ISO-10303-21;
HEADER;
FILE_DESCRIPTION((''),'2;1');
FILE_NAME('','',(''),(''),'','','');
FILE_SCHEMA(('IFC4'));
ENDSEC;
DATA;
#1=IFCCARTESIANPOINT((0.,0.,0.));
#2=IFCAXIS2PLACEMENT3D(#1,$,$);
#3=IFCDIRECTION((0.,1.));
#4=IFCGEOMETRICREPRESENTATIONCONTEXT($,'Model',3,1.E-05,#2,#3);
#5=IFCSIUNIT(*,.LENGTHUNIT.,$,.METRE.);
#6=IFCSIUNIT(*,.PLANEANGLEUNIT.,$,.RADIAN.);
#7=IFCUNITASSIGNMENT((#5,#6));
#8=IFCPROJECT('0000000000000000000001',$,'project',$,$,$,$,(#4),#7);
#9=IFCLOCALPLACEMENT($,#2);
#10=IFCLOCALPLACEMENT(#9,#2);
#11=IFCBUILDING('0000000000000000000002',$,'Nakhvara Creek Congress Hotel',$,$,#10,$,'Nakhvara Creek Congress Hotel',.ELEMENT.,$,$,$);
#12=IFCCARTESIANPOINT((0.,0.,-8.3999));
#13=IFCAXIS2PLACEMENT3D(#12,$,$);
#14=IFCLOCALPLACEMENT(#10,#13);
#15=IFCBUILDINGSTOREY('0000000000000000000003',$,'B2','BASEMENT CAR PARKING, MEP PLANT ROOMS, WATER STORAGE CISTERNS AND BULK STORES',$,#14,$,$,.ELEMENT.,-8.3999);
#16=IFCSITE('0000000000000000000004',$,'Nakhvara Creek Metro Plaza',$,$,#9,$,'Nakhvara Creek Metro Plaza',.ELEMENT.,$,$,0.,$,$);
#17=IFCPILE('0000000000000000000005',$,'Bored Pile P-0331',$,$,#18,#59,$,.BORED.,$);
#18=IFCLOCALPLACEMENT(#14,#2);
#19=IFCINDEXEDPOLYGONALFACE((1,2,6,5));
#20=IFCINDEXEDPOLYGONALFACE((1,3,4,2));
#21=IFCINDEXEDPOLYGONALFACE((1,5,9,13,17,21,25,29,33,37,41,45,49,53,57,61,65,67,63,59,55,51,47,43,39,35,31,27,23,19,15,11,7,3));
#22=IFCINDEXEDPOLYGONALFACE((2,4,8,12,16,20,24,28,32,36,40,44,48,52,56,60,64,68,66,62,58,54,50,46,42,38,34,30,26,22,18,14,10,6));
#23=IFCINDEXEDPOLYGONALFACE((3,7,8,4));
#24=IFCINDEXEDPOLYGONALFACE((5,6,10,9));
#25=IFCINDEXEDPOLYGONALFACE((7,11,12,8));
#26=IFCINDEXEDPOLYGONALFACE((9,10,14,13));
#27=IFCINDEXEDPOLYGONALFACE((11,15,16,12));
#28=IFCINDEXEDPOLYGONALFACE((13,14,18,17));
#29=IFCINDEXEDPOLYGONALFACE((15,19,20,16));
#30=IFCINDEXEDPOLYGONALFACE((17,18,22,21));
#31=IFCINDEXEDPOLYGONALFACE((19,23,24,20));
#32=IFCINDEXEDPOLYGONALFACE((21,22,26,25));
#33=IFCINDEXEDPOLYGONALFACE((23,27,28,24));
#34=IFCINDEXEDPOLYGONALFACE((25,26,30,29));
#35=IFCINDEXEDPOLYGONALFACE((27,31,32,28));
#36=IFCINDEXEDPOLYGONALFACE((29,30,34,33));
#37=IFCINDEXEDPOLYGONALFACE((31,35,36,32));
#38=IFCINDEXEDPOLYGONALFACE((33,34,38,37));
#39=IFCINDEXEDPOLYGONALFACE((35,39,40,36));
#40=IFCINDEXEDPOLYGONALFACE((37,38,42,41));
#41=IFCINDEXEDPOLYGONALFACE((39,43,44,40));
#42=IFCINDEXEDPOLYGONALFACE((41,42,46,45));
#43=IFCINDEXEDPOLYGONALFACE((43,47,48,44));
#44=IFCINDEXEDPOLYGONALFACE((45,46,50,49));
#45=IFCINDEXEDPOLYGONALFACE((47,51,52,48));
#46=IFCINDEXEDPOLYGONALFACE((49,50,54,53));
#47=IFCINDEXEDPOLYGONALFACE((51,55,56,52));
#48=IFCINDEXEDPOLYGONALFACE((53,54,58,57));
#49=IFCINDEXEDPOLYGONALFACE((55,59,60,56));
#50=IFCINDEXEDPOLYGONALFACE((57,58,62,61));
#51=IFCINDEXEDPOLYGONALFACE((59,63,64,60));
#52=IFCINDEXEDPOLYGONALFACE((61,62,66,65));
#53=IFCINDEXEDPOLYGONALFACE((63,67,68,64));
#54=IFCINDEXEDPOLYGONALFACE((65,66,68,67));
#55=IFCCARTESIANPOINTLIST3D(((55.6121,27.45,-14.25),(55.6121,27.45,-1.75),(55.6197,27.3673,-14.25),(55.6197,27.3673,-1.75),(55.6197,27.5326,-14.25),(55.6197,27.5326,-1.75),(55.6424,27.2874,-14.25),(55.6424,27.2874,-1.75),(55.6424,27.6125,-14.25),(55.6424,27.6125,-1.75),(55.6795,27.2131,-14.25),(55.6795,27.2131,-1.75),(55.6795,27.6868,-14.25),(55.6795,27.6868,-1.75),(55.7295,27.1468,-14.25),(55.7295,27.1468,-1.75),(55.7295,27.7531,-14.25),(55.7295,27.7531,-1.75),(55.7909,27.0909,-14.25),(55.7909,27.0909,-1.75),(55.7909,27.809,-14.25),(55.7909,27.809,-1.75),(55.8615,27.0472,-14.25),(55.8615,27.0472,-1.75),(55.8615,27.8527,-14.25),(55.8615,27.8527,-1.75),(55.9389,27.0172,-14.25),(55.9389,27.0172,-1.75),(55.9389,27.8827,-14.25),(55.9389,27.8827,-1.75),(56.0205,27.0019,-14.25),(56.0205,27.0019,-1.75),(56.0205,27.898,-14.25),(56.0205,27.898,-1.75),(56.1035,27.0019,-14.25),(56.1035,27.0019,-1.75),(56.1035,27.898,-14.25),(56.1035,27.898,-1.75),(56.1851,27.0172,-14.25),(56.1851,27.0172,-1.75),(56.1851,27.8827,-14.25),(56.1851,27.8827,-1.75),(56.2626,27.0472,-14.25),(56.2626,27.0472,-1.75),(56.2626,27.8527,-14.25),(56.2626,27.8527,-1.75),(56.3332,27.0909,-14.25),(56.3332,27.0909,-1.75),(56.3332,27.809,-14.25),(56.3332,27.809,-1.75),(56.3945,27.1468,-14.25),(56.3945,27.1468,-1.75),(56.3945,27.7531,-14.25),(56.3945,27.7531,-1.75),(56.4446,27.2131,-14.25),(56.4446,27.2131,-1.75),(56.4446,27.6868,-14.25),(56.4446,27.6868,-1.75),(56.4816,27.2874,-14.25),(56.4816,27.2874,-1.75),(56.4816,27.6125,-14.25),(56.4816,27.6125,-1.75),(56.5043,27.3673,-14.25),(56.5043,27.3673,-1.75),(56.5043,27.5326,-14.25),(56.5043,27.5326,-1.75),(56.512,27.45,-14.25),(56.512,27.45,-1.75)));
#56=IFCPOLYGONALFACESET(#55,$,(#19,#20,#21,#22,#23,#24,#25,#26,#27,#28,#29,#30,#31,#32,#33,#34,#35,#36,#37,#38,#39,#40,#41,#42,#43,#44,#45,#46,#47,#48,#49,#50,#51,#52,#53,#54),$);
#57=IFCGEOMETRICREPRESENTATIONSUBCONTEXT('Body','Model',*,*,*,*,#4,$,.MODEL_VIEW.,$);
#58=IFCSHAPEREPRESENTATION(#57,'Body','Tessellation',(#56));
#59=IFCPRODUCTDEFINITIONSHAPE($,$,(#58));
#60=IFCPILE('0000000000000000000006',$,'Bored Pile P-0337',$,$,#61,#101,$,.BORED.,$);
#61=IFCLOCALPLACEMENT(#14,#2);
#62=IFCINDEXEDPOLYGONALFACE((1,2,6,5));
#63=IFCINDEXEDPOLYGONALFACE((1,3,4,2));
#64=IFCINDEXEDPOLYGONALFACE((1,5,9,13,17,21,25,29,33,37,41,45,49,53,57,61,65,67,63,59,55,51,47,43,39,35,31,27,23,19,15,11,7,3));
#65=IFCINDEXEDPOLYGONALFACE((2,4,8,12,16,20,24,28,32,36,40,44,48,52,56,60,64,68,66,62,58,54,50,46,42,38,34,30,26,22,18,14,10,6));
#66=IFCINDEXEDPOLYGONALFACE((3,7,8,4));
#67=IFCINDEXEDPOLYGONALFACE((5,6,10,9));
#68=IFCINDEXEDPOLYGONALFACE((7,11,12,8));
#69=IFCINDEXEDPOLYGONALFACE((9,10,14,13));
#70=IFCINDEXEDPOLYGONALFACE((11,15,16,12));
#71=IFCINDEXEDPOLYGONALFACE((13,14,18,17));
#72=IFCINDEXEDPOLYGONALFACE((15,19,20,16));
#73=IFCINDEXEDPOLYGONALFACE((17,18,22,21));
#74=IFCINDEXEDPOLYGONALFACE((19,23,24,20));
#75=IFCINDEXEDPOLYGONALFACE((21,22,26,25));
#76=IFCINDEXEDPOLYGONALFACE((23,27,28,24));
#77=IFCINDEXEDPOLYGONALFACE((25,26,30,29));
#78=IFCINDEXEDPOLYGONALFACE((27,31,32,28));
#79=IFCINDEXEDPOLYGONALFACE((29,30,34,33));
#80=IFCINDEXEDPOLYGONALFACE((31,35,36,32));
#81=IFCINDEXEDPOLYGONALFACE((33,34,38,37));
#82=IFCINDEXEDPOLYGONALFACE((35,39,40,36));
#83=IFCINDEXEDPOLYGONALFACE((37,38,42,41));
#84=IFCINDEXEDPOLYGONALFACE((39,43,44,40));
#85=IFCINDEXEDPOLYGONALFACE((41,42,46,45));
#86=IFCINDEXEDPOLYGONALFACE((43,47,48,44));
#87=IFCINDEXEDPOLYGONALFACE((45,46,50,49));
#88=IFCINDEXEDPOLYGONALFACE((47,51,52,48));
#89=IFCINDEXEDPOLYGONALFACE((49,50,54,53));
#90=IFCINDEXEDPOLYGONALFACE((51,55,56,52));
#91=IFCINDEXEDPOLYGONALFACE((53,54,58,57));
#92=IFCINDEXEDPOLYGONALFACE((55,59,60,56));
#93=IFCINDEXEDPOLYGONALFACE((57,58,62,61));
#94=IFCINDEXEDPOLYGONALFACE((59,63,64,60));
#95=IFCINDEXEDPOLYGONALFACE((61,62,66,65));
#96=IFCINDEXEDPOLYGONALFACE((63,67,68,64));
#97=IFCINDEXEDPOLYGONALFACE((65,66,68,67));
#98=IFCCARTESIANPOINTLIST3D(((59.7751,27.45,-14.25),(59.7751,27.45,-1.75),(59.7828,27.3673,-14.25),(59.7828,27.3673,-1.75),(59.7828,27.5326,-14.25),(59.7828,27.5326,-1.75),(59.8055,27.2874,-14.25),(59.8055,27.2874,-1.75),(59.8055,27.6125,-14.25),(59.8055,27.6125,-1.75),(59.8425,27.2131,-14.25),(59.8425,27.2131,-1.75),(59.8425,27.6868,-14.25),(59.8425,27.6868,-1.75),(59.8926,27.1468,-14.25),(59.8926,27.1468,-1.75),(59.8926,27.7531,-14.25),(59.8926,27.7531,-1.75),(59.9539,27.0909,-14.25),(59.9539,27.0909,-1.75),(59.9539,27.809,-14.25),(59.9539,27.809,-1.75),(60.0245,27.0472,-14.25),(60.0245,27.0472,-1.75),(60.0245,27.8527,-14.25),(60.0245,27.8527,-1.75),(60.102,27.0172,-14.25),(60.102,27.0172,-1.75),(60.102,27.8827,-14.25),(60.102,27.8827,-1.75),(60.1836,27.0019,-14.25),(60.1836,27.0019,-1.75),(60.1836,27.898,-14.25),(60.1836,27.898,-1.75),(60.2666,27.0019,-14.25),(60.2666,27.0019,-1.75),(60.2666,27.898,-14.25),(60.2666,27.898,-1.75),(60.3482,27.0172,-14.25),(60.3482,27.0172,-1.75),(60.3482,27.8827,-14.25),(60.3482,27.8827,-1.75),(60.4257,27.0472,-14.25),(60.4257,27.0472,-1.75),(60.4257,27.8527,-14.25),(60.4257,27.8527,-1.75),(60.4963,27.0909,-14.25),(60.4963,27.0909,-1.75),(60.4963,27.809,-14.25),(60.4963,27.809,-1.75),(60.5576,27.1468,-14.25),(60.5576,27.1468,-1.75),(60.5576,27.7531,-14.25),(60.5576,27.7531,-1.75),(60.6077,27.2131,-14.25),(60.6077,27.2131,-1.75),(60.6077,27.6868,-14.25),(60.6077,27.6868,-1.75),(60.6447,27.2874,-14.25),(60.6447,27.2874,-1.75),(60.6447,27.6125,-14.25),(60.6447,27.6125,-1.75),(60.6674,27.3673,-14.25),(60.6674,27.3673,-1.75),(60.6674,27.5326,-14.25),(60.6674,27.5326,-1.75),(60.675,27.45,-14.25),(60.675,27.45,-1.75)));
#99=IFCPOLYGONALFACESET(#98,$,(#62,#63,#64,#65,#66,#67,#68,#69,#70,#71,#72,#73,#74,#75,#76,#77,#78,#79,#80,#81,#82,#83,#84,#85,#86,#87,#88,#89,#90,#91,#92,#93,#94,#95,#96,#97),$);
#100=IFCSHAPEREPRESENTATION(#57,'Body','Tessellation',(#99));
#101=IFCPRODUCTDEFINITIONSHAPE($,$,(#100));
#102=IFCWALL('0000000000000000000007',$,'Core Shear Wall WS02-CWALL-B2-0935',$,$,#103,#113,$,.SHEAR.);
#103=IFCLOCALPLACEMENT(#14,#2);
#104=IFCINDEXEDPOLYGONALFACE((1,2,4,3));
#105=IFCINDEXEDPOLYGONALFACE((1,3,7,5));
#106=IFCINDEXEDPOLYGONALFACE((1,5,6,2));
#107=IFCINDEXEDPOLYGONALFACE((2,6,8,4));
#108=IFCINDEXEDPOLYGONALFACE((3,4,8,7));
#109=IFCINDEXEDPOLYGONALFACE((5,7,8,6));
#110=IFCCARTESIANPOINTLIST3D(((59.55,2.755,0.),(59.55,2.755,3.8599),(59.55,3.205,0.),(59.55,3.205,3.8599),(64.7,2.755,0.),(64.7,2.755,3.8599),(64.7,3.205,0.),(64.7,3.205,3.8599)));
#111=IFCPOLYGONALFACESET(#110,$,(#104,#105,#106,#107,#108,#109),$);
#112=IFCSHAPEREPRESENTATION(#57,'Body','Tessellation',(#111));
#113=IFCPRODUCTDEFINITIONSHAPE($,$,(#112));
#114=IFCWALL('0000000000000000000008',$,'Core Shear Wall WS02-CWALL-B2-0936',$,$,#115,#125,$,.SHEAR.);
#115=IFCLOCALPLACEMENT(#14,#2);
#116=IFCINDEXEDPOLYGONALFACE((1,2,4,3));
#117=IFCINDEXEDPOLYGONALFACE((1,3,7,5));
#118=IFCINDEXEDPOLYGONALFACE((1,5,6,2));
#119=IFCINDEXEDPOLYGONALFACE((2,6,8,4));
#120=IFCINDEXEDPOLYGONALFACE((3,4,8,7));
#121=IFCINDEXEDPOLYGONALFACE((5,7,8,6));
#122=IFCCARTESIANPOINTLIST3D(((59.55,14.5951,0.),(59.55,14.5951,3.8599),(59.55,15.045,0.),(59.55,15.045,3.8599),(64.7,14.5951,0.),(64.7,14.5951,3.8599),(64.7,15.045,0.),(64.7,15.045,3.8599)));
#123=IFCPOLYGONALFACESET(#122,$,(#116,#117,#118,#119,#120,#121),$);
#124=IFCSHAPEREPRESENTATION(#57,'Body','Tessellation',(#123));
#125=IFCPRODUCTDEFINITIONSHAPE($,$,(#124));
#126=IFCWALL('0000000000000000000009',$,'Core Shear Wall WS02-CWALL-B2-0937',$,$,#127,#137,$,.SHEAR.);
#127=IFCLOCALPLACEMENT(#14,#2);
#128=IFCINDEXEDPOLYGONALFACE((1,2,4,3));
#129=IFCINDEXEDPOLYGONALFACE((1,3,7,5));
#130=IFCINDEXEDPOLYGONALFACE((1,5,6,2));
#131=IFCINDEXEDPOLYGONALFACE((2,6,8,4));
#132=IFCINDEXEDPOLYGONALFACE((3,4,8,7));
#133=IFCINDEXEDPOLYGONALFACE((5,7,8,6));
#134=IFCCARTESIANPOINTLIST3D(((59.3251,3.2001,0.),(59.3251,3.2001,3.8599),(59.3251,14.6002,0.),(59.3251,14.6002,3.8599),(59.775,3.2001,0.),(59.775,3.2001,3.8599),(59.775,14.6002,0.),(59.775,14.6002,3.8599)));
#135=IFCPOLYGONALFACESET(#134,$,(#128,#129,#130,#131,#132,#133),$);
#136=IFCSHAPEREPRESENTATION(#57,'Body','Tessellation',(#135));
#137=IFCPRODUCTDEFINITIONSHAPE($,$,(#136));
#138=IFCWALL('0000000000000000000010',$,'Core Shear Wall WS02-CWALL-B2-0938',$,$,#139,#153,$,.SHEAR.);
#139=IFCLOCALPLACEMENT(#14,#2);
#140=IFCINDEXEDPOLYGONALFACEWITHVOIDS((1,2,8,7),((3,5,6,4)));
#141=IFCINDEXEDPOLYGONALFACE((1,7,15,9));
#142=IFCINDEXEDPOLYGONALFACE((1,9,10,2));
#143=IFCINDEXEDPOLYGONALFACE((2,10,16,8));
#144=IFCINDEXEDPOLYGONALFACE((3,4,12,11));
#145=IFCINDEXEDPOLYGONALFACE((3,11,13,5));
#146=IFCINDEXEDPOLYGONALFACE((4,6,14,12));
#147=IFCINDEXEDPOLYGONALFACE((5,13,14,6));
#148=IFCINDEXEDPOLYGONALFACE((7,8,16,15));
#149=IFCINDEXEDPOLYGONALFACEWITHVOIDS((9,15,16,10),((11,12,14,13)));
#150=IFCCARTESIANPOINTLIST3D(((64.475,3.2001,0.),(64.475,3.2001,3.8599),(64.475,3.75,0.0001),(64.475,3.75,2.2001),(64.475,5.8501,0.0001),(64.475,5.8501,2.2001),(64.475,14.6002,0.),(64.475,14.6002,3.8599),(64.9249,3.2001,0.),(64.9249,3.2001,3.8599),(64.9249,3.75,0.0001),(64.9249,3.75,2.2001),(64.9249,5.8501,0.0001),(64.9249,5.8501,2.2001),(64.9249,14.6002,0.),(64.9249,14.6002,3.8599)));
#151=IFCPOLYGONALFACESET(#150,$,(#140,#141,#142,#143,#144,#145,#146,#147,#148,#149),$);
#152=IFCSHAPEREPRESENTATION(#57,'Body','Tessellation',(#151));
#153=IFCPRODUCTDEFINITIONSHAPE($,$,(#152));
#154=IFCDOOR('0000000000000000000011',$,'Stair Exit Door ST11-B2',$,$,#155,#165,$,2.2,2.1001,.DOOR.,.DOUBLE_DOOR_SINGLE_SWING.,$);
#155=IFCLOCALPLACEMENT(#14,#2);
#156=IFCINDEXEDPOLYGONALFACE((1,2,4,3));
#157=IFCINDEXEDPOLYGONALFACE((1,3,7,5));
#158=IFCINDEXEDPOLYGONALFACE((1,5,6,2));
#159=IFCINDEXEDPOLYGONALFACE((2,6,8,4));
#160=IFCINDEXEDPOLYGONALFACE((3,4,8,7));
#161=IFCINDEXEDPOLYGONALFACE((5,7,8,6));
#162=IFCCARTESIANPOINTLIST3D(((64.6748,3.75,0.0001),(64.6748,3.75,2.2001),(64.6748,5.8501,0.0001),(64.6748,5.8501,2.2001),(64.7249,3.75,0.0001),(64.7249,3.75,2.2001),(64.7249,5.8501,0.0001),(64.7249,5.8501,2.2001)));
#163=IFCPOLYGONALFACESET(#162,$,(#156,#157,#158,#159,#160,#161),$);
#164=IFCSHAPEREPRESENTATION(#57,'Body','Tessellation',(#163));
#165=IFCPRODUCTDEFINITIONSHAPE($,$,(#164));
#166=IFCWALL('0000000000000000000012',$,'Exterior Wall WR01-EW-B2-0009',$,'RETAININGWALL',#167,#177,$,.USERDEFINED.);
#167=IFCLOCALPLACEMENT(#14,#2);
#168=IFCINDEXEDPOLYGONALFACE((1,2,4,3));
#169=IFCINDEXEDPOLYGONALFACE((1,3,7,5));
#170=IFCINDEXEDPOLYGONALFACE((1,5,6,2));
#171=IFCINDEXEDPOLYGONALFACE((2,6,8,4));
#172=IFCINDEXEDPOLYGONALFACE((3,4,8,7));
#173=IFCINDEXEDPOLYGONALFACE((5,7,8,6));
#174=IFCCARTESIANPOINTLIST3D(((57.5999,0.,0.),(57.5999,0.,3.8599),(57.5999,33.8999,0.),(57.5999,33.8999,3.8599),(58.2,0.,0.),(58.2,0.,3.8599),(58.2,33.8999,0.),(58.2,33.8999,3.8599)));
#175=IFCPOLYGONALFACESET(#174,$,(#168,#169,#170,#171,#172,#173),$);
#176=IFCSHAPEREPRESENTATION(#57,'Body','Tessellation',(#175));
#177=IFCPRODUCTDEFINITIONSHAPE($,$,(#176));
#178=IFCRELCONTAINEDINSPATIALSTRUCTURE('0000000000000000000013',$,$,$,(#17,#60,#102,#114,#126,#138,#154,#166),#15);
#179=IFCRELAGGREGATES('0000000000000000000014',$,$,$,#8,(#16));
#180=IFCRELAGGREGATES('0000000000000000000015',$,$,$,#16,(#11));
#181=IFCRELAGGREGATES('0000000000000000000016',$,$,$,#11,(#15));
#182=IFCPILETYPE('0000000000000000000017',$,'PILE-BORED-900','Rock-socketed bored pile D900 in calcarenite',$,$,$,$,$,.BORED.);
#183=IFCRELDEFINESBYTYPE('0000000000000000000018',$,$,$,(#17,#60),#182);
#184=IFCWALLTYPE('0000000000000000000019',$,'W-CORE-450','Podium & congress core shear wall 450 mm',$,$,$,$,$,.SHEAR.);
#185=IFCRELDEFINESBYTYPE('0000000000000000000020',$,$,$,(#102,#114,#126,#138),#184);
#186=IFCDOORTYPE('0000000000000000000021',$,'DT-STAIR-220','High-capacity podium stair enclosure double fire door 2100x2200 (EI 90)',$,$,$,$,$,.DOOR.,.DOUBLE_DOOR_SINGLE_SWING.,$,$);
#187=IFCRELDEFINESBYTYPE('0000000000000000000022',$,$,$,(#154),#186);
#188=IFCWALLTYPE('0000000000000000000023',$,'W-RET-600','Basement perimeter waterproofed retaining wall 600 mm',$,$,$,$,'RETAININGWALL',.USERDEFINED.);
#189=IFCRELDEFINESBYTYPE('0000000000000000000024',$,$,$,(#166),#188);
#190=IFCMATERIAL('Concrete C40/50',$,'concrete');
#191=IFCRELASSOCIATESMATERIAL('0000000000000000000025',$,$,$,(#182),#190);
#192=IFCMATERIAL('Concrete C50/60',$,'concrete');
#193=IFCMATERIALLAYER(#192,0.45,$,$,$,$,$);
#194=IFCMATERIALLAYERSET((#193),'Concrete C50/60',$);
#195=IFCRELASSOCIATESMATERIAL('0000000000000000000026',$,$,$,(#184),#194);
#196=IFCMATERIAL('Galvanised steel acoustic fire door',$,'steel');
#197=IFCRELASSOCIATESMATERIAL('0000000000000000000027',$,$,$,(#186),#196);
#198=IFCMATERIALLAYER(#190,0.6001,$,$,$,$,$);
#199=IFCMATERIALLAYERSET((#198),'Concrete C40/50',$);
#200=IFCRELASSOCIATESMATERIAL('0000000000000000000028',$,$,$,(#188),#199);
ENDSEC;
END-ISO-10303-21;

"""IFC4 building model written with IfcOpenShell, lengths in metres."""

from ifc_helpers import new_model, si_unit, direction, frame, frame_2d, origin, origin_2d, place, context, subcontext, project, spatial, rectangle, circle, extrude, material, layer, layer_set, material_profile, profile_set, type_object, element, fill, save


model = new_model("IFC4")

# Units and contexts
model_context = context("Model", 3, precision=1e-05, world=origin(), true_north=direction((0.0, 1.0)))
body_context = subcontext(model_context, "Body", "Model", "MODEL_VIEW")
ifc_project = project(units=[si_unit("LENGTHUNIT", "METRE"), si_unit("PLANEANGLEUNIT", "RADIAN")], contexts=[model_context])

# Site, building, storey
site_placement = place(None, origin())
site = spatial("IfcSite", under=ifc_project, at=site_placement, Name="Nakhvara Creek Metro Plaza", LongName="Nakhvara Creek Metro Plaza", CompositionType="ELEMENT", RefElevation=0.0)
building_placement = place(site_placement, origin())
building = spatial("IfcBuilding", under=site, at=building_placement, Name="Nakhvara Creek Congress Hotel", LongName="Nakhvara Creek Congress Hotel", CompositionType="ELEMENT")
storey_placement = place(building_placement, frame((0.0, 0.0, -8.3999)))
storey = spatial("IfcBuildingStorey", under=building, at=storey_placement, Name="B2", Description="BASEMENT CAR PARKING, MEP PLANT ROOMS, WATER STORAGE CISTERNS AND BULK STORES", CompositionType="ELEMENT", Elevation=-8.3999)

# Piles
ifc_material_1 = material(Name="Concrete C40/50", Category="concrete")
ifc_material_profile = material_profile(ifc_material_1, circle(Radius=0.45, at=origin_2d()), Name="BORED PILE D900", Category="LoadBearing")
ifc_profile_set = profile_set([ifc_material_profile], Name="Concrete C40/50")
pile_type = type_object("IfcPileType", Name="PILE-BORED-900", Description="Rock-socketed bored pile D900 in calcarenite", PredefinedType="BORED", material=ifc_profile_set)
for number, where, z_axis, x_axis, name in (
    (1, (56.062, 27.45, -1.75), (0.0, 0.0, -1.0), (1.0, 0.0, 0.0), "Bored Pile P-0331"),
    (2, (60.2251, 27.45, -1.75), (0.0, 0.0, -1.0), (1.0, 0.0, 0.0), "Bored Pile P-0337"),
):
    element("IfcPile", number, at=place(storey_placement, frame(where, z_axis=z_axis, x_axis=x_axis)), inside=storey, type_object=pile_type, Name=name, PredefinedType="BORED", context=body_context, shape_type="SweptSolid", body=[
        extrude(circle(Radius=0.45, at=origin_2d()), origin(), (0.0, 0.0, 1.0), 12.5),
    ])

# Walls
ifc_material_2 = material(Name="Concrete C50/60", Category="concrete")
ifc_layer_1 = layer(ifc_material_2, 0.45)
ifc_layer_set_1 = layer_set([ifc_layer_1], Name="Concrete C50/60")
wall_type_1 = type_object("IfcWallType", Name="W-CORE-450", Description="Podium & congress core shear wall 450 mm", PredefinedType="SHEAR", material=ifc_layer_set_1)
for number, where, z_axis, x_axis, name in (
    (3, (59.55, 2.98, 0.0), (0.0, 0.0, 1.0), (1.0, 0.0, 0.0), "Core Shear Wall WS02-CWALL-B2-0935"),
    (4, (59.55, 14.8201, 0.0), (0.0, 0.0, 1.0), (1.0, 0.0, 0.0), "Core Shear Wall WS02-CWALL-B2-0936"),
):
    element("IfcWall", number, at=place(storey_placement, frame(where, z_axis=z_axis, x_axis=x_axis)), inside=storey, type_object=wall_type_1, Name=name, PredefinedType="SHEAR", context=body_context, shape_type="SweptSolid", body=[
        extrude(rectangle(XDim=5.1499, YDim=0.45, at=frame_2d((2.575, 0.0))), origin(), (0.0, 0.0, 1.0), 3.8599),
    ])
wall_1_placement = place(storey_placement, frame((59.55, 3.2, 0.0), z_axis=(0.0, 0.0, 1.0), x_axis=(0.0, 1.0, 0.0)))
element("IfcWall", 5, at=wall_1_placement, inside=storey, type_object=wall_type_1, Name="Core Shear Wall WS02-CWALL-B2-0937", PredefinedType="SHEAR", context=body_context, shape_type="SweptSolid", body=[
    extrude(rectangle(XDim=11.4001, YDim=0.45, at=frame_2d((5.7002, 0.0))), origin(), (0.0, 0.0, 1.0), 3.8599),
])

# Wall, opening, door
wall_2_placement = place(storey_placement, frame((64.7, 3.2, 0.0), z_axis=(0.0, 0.0, 1.0), x_axis=(0.0, 1.0, 0.0)))
wall_2 = element("IfcWall", 6, at=wall_2_placement, inside=storey, type_object=wall_type_1, Name="Core Shear Wall WS02-CWALL-B2-0938", PredefinedType="SHEAR", context=body_context, shape_type="SweptSolid", body=[
    extrude(rectangle(XDim=11.4001, YDim=0.45, at=frame_2d((5.7002, 0.0))), origin(), (0.0, 0.0, 1.0), 3.8599),
])
opening_placement = place(wall_2_placement, frame((0.55, 0.0, 0.0)))
opening = element("IfcOpeningElement", 7, at=opening_placement, cuts=wall_2, PredefinedType="OPENING", context=body_context, shape_type="SweptSolid", body=[
    extrude(rectangle(XDim=2.1001, YDim=2.2, at=frame_2d((1.05, 1.1001))), frame((0.0, 0.2368, 0.0), z_axis=(0.0, -1.0, 0.0), x_axis=(1.0, 0.0, 0.0)), (0.0, 0.0, 1.0), 0.4739),
])
ifc_material_3 = material(Name="Galvanised steel acoustic fire door", Category="steel")
door_type = type_object("IfcDoorType", Name="DT-STAIR-220", Description="High-capacity podium stair enclosure double fire door 2100x2200 (EI 90)", OperationType="DOUBLE_DOOR_SINGLE_SWING", PredefinedType="DOOR", material=ifc_material_3)
door_placement = place(opening_placement, frame((2.1001, 0.0, 0.0), z_axis=(0.0, 0.0, 1.0), x_axis=(-1.0, 0.0, 0.0)))
door = element("IfcDoor", 8, at=door_placement, inside=storey, type_object=door_type, Name="Stair Exit Door ST11-B2", OperationType="DOUBLE_DOOR_SINGLE_SWING", OverallHeight=2.2, OverallWidth=2.1001, PredefinedType="DOOR", context=body_context, shape_type="SweptSolid", body=[
    extrude(rectangle(XDim=2.1001, YDim=2.2, at=frame_2d((1.05, 1.1001))), frame((0.0, 0.0249, 0.0), z_axis=(0.0, -1.0, 0.0), x_axis=(1.0, 0.0, 0.0)), (0.0, 0.0, 1.0), 0.05),
])
fill(opening, door)

# Wall
ifc_layer_2 = layer(ifc_material_1, 0.6001)
ifc_layer_set_2 = layer_set([ifc_layer_2], Name="Concrete C40/50")
wall_type_2 = type_object("IfcWallType", Name="W-RET-600", Description="Basement perimeter waterproofed retaining wall 600 mm", ElementType="RETAININGWALL", PredefinedType="USERDEFINED", material=ifc_layer_set_2)
wall_3_placement = place(storey_placement, frame((57.8999, 0.0, 0.0), z_axis=(0.0, 0.0, 1.0), x_axis=(0.0, 1.0, 0.0)))
element("IfcWall", 9, at=wall_3_placement, inside=storey, type_object=wall_type_2, Name="Exterior Wall WR01-EW-B2-0009", ObjectType="RETAININGWALL", PredefinedType="USERDEFINED", context=body_context, shape_type="SweptSolid", body=[
    extrude(rectangle(XDim=33.8999, YDim=0.6001, at=frame_2d((16.95, 0.0))), origin(), (0.0, 0.0, 1.0), 3.8599),
])

save(model, "model.ifc")
